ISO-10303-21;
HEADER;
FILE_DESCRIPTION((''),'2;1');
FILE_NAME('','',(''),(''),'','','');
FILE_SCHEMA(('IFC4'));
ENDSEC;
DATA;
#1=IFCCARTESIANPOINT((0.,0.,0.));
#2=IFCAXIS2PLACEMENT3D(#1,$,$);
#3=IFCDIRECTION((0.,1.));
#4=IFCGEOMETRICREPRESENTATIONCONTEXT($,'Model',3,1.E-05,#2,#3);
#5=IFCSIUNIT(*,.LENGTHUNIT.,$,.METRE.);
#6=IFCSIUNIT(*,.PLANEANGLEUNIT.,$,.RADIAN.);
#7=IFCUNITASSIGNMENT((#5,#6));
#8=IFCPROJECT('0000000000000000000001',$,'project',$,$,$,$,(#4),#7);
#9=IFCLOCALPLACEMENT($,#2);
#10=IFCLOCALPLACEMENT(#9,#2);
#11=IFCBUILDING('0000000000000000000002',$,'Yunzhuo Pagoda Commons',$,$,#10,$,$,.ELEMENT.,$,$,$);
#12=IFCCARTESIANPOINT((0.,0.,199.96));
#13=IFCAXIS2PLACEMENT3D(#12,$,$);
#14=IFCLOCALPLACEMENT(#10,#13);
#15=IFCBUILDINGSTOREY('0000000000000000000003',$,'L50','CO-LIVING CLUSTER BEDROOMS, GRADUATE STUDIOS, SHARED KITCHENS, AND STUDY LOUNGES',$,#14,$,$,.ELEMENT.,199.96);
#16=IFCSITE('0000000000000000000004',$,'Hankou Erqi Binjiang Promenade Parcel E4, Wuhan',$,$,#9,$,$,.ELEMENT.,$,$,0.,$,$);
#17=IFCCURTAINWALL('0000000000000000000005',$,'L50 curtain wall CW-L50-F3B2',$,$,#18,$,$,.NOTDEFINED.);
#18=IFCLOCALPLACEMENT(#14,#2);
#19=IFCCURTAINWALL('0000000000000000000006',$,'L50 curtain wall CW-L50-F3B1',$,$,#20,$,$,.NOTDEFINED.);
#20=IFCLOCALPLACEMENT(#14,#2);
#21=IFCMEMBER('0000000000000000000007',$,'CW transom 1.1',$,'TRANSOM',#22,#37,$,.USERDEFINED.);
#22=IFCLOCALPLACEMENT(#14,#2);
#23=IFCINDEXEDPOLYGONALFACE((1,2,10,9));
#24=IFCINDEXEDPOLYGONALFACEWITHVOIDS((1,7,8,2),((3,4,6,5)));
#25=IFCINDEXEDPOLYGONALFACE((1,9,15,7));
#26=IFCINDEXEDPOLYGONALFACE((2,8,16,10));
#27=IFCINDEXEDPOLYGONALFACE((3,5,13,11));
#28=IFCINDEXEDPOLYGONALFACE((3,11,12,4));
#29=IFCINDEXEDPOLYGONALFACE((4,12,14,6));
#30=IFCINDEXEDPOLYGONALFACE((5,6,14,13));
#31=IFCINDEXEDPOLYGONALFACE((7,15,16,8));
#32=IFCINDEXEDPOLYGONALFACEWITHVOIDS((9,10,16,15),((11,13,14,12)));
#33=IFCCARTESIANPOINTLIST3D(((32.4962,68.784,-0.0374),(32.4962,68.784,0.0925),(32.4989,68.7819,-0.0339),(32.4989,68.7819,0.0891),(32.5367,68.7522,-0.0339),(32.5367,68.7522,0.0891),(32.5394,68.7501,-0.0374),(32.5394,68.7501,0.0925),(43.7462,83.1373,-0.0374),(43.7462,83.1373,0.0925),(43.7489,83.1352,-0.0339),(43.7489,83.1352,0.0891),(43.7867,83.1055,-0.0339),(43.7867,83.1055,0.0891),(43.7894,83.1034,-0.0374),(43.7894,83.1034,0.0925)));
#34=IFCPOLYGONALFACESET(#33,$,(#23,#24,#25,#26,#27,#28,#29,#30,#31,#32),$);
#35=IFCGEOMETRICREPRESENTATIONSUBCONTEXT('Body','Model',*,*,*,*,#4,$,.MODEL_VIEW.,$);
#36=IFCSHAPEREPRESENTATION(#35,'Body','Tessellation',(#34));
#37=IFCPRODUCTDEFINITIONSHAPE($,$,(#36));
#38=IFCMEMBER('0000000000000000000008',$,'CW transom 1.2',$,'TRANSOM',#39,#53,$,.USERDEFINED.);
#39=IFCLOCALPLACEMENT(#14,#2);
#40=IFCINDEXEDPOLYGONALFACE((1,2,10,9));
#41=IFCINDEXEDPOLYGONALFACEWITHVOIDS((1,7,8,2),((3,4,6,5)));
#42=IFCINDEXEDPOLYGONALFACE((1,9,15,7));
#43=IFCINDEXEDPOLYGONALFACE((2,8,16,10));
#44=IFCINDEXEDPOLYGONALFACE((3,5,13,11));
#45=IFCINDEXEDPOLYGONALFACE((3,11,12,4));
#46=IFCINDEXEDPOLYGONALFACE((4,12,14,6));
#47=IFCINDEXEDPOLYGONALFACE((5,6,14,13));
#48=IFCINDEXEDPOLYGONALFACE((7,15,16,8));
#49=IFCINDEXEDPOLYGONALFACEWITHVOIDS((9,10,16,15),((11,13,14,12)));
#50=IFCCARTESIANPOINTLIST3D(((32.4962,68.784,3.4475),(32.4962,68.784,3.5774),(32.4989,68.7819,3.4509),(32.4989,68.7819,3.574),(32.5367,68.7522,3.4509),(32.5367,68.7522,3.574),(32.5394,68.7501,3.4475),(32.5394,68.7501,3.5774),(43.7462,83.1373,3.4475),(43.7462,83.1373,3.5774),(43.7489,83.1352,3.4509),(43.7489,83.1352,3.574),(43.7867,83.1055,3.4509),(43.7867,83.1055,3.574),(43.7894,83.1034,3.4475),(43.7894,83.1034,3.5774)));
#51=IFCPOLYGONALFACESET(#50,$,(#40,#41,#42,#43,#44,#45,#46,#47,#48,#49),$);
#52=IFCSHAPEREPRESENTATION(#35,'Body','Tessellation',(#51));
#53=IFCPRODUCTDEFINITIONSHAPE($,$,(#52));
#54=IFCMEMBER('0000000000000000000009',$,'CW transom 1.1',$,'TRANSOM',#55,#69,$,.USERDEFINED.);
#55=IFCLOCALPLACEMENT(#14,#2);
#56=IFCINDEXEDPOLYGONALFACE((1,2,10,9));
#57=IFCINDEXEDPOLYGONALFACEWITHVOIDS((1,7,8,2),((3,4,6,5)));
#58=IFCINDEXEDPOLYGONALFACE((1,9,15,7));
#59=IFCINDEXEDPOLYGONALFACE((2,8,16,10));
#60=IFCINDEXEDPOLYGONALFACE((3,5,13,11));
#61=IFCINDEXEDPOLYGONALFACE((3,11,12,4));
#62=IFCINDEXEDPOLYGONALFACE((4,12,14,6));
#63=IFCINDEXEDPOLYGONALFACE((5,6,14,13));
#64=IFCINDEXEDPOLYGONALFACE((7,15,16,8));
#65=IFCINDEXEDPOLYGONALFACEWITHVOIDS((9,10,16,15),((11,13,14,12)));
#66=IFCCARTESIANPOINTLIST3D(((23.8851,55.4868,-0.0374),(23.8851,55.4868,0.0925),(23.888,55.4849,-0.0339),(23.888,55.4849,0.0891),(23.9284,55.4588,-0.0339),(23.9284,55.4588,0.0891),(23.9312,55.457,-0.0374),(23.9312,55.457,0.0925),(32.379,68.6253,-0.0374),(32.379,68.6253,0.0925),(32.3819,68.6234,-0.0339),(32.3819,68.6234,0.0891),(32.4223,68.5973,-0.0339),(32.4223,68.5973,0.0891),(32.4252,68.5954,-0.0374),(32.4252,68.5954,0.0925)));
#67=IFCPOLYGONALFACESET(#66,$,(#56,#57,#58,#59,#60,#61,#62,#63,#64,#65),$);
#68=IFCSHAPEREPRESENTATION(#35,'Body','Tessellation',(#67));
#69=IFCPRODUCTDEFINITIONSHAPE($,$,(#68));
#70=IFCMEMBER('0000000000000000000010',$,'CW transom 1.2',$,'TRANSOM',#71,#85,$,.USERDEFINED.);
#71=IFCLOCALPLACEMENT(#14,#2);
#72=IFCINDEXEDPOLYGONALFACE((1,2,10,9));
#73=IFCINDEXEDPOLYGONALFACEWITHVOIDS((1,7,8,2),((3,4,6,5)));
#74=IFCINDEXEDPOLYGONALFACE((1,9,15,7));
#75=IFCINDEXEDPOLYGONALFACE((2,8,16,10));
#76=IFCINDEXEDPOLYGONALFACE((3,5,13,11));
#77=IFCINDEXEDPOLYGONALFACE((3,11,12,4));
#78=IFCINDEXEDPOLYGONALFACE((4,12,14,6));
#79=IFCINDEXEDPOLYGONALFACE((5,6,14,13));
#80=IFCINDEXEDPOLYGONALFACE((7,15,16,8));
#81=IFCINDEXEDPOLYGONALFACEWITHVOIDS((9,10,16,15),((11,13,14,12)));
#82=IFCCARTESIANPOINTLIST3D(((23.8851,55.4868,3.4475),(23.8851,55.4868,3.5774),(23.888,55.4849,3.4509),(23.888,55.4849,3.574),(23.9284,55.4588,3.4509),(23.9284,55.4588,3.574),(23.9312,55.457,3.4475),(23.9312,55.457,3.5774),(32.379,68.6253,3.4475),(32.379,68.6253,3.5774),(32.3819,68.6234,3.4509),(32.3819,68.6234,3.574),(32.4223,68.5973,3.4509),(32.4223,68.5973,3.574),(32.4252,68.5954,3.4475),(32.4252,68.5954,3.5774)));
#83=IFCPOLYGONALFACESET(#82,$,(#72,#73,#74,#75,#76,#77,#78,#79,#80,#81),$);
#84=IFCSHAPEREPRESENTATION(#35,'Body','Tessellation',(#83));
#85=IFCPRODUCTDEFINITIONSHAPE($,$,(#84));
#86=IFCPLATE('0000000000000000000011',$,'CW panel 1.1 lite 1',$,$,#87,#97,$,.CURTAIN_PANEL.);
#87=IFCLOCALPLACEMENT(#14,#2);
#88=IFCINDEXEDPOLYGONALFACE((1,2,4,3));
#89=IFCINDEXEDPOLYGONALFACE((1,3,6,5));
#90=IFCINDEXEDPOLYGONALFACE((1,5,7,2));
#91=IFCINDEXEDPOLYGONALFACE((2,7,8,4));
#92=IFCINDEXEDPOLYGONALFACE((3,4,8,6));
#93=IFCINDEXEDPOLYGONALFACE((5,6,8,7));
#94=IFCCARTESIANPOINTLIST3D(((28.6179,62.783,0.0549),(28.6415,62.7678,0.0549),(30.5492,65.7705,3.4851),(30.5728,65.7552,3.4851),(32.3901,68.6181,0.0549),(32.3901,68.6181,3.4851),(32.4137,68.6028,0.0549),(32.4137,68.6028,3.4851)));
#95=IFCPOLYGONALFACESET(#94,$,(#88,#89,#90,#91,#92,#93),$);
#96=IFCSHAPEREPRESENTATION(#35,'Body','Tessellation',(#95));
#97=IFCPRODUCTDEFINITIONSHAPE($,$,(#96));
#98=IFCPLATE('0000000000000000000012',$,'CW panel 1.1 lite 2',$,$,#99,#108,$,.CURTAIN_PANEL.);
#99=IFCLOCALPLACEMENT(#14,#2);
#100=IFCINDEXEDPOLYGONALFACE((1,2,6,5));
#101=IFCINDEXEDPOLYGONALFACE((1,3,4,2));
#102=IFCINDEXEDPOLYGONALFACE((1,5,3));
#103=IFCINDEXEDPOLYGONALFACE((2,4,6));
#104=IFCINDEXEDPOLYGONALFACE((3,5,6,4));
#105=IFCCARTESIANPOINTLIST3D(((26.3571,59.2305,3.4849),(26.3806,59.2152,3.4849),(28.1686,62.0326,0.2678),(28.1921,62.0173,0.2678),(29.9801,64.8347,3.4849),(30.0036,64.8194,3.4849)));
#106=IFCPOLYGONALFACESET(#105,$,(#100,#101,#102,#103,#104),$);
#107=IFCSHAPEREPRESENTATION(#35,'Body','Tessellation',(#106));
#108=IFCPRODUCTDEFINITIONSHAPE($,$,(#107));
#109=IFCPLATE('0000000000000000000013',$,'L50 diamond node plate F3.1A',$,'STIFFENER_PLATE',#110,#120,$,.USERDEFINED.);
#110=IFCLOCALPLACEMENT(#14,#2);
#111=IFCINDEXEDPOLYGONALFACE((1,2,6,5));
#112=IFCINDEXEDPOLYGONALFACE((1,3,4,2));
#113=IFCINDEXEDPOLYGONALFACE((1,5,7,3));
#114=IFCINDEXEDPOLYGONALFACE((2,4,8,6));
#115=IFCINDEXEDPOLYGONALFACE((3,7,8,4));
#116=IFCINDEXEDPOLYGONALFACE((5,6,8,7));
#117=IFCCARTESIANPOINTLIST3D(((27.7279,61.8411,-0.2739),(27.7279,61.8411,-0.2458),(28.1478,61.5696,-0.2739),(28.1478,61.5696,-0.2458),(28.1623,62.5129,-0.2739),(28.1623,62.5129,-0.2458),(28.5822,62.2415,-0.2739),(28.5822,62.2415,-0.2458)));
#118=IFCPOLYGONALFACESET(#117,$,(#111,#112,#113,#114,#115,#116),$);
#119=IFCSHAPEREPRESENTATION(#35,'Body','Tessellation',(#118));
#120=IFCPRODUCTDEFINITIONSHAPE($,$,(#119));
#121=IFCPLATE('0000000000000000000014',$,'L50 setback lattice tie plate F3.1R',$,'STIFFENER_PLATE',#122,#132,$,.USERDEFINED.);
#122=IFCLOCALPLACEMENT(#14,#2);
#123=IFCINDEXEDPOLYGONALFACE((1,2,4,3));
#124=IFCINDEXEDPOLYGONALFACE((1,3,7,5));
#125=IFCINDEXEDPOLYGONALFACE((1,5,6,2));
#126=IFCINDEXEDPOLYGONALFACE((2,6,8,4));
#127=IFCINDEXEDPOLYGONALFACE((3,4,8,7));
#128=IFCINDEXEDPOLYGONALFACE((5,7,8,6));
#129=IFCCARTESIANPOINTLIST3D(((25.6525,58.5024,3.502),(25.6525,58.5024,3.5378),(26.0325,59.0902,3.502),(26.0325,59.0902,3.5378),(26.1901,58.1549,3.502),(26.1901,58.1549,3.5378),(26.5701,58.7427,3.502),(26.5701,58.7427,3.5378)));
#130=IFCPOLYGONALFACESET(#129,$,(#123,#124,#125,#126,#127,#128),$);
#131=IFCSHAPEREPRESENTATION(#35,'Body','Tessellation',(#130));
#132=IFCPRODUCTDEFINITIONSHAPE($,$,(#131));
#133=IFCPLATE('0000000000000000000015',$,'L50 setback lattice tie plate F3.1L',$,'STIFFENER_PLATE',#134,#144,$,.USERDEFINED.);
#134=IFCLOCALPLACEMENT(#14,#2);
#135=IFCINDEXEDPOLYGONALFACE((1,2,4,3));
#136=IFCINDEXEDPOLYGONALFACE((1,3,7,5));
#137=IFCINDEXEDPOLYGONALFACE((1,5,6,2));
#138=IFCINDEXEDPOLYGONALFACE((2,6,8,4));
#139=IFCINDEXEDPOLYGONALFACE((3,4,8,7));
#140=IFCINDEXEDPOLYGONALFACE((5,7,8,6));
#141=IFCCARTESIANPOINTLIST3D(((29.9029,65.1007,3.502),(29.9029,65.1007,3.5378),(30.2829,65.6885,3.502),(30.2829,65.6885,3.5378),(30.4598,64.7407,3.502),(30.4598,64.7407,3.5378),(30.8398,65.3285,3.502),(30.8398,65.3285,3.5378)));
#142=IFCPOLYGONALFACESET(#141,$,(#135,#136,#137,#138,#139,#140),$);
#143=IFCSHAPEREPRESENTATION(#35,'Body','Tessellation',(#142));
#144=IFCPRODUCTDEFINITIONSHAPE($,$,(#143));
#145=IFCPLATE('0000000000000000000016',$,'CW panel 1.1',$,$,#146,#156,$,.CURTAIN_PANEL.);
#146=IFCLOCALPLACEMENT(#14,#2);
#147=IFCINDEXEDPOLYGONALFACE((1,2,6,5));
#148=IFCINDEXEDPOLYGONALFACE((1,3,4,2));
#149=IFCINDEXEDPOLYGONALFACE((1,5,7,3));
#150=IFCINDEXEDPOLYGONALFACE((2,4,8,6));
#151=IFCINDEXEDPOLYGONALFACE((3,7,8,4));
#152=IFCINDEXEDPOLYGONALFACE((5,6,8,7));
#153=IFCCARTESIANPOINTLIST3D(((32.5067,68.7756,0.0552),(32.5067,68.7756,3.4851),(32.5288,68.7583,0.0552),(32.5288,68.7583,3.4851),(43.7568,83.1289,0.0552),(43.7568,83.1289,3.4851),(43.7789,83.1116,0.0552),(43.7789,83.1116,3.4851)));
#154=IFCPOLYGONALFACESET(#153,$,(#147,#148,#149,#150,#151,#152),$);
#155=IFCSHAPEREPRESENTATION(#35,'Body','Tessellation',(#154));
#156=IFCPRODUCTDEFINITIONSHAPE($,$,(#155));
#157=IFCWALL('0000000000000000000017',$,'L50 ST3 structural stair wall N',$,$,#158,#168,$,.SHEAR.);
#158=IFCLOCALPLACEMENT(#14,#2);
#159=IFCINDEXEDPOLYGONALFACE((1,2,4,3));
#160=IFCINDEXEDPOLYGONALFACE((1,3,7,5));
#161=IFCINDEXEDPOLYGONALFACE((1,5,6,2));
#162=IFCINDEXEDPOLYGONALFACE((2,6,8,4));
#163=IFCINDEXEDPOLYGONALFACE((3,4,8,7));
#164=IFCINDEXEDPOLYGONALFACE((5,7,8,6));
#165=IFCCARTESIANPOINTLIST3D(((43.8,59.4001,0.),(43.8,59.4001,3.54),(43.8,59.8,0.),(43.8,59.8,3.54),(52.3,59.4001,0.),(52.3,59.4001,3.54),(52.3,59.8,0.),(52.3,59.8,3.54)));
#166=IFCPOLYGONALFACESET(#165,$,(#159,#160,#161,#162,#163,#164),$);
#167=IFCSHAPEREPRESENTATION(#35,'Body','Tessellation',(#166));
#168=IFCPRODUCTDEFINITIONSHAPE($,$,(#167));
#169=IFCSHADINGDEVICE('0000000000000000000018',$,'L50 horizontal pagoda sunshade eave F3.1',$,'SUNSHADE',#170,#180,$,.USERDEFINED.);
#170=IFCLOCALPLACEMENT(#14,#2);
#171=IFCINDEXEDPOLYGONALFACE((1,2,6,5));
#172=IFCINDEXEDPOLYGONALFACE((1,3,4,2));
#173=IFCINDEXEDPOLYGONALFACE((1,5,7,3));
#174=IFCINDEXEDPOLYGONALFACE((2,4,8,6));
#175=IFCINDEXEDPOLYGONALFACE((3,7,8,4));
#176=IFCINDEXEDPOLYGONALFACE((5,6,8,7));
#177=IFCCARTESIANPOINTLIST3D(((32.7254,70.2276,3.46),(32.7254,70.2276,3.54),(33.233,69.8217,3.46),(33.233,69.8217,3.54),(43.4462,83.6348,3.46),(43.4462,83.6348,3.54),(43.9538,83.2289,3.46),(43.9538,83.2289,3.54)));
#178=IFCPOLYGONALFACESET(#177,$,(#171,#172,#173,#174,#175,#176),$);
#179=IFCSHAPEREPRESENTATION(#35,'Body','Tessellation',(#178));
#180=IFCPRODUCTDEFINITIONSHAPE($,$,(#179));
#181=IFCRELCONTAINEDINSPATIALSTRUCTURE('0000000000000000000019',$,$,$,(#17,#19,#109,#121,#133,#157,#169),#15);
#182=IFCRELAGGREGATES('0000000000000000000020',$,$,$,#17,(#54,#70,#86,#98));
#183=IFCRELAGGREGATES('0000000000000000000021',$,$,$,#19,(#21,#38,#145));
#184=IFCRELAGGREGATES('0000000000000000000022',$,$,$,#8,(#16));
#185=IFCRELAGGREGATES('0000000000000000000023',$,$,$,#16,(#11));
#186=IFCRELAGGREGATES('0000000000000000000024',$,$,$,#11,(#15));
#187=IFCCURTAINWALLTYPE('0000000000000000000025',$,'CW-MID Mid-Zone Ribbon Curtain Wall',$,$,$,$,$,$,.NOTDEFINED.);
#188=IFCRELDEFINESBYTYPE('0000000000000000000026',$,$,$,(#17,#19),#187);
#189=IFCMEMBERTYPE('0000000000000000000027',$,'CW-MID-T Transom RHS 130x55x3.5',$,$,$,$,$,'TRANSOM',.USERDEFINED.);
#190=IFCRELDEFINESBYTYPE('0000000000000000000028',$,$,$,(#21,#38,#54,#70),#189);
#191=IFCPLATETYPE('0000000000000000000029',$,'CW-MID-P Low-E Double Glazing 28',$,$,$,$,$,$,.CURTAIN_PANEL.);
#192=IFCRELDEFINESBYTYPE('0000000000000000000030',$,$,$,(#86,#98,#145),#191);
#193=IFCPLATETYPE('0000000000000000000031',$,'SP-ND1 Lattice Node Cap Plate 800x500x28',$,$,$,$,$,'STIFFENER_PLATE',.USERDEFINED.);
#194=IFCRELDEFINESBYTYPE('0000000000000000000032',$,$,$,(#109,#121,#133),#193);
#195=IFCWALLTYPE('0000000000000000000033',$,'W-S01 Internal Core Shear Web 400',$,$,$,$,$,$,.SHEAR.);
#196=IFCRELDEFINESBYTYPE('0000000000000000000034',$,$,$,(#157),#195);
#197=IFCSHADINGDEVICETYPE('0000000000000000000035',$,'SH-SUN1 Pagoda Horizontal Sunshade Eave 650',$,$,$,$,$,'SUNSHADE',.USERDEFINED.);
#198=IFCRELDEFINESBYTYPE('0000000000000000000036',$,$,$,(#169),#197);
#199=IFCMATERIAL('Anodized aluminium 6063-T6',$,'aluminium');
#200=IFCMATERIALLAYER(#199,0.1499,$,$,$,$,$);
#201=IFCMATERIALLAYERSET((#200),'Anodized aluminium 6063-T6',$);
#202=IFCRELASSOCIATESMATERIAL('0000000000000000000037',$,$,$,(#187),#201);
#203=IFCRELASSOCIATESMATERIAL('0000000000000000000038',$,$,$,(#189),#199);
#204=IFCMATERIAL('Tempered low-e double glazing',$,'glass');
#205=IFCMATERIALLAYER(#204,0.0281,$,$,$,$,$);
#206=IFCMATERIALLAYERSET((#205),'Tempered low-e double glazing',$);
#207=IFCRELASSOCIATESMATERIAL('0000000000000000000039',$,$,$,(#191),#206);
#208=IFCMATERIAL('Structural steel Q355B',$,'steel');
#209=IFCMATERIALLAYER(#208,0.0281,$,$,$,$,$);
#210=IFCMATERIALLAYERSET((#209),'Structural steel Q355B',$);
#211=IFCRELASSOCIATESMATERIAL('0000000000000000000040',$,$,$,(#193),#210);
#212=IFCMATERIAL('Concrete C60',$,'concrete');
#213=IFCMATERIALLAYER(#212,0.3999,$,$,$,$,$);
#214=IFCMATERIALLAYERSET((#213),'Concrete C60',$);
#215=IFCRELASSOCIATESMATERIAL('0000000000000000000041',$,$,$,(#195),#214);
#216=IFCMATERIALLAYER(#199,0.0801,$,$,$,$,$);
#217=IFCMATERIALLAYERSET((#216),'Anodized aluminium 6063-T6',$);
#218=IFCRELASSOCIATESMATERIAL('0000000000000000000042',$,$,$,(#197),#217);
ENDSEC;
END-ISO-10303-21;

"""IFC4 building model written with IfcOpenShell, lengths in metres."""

from ifc_helpers import new_model, si_unit, direction, frame, frame_2d, origin, origin_2d, place, context, subcontext, project, spatial, polyline, rectangle, hollow_rectangle, outline, extrude, source, transform, mapped, material, layer, layer_set, material_profile, profile_set, type_object, element, aggregate, save


model = new_model("IFC4")

# Units and contexts
model_context = context("Model", 3, precision=1e-05, world=origin(), true_north=direction((0.0, 1.0)))
body_context = subcontext(model_context, "Body", "Model", "MODEL_VIEW")
ifc_project = project(units=[si_unit("LENGTHUNIT", "METRE"), si_unit("PLANEANGLEUNIT", "RADIAN")], contexts=[model_context])

# Site, building, storey
site_placement = place(None, origin())
site = spatial("IfcSite", under=ifc_project, at=site_placement, Name="Hankou Erqi Binjiang Promenade Parcel E4, Wuhan", CompositionType="ELEMENT", RefElevation=0.0)
building_placement = place(site_placement, origin())
building = spatial("IfcBuilding", under=site, at=building_placement, Name="Yunzhuo Pagoda Commons", CompositionType="ELEMENT")
storey_placement = place(building_placement, frame((0.0, 0.0, 199.96)))
storey = spatial("IfcBuildingStorey", under=building, at=storey_placement, Name="L50", Description="CO-LIVING CLUSTER BEDROOMS, GRADUATE STUDIOS, SHARED KITCHENS, AND STUDY LOUNGES", CompositionType="ELEMENT", Elevation=199.96)

# Shared definitions
ifc_material_1 = material(Name="Structural steel Q355B", Category="steel")

# Curtain wall
ifc_material_2 = material(Name="Anodized aluminium 6063-T6", Category="aluminium")
ifc_layer_1 = layer(ifc_material_2, 0.1499)
ifc_layer_set_1 = layer_set([ifc_layer_1], Name="Anodized aluminium 6063-T6")
curtain_wall_type = type_object("IfcCurtainWallType", Name="CW-MID Mid-Zone Ribbon Curtain Wall", PredefinedType="NOTDEFINED", material=ifc_layer_set_1)
curtain_wall_1_placement = place(storey_placement, origin())
curtain_wall_1 = element("IfcCurtainWall", 1, at=curtain_wall_1_placement, inside=storey, type_object=curtain_wall_type, Name="L50 curtain wall CW-L50-F3B2", PredefinedType="NOTDEFINED")

# Curtain wall, members
curtain_wall_2_placement = place(storey_placement, origin())
curtain_wall_2 = element("IfcCurtainWall", 2, at=curtain_wall_2_placement, inside=storey, type_object=curtain_wall_type, Name="L50 curtain wall CW-L50-F3B1", PredefinedType="NOTDEFINED")
ifc_material_profile_1 = material_profile(ifc_material_2, hollow_rectangle(XDim=0.0549, YDim=0.1299, WallThickness=0.0034, at=origin_2d()), Name="Anodized aluminium 6063-T6")
ifc_profile_set_1 = profile_set([ifc_material_profile_1], Name="Anodized aluminium 6063-T6")
member_type_1 = type_object("IfcMemberType", Name="CW-MID-T Transom RHS 130x55x3.5", ElementType="TRANSOM", PredefinedType="USERDEFINED", material=ifc_profile_set_1)
shared_shape_1 = source(origin(), body_context, "Body", "SweptSolid", [
    extrude(hollow_rectangle(XDim=0.0549, YDim=0.1299, WallThickness=0.0034, at=origin_2d()), origin(), (0.0, 0.0, 1.0), 18.2368),
])
member_1_placement = place(storey_placement, frame((43.7678, 83.1204, 0.0276), z_axis=(-0.616886, -0.787052, 0.0), x_axis=(0.787052, -0.616886, 0.0)))
member_1 = element("IfcMember", 3, at=member_1_placement, type_object=member_type_1, Name="CW transom 1.1", ObjectType="TRANSOM", PredefinedType="USERDEFINED", context=body_context, shape_type="MappedRepresentation", body=[
    mapped(shared_shape_1, transform((0.0, 0.0, 0.0), scale=1.0)),
])
member_2_placement = place(storey_placement, frame((43.7678, 83.1204, 3.5125), z_axis=(-0.616886, -0.787052, 0.0), x_axis=(0.787052, -0.616886, 0.0)))
member_2 = element("IfcMember", 4, at=member_2_placement, type_object=member_type_1, Name="CW transom 1.2", ObjectType="TRANSOM", PredefinedType="USERDEFINED", context=body_context, shape_type="MappedRepresentation", body=[
    mapped(shared_shape_1, transform((0.0, 0.0, 0.0), scale=1.0)),
])

# Members
shared_shape_2 = source(origin(), body_context, "Body", "SweptSolid", [
    extrude(hollow_rectangle(XDim=0.0549, YDim=0.1299, WallThickness=0.0034, at=origin_2d()), origin(), (0.0, 0.0, 1.0), 15.645),
])
member_3_placement = place(storey_placement, frame((32.4021, 68.6104, 0.0276), z_axis=(-0.542916, -0.839787, 0.0), x_axis=(0.839787, -0.542916, 0.0)))
member_3 = element("IfcMember", 5, at=member_3_placement, type_object=member_type_1, Name="CW transom 1.1", ObjectType="TRANSOM", PredefinedType="USERDEFINED", context=body_context, shape_type="MappedRepresentation", body=[
    mapped(shared_shape_2, transform((0.0, 0.0, 0.0), scale=1.0)),
])
member_4_placement = place(storey_placement, frame((32.4021, 68.6104, 3.5125), z_axis=(-0.542916, -0.839787, 0.0), x_axis=(0.839787, -0.542916, 0.0)))
member_4 = element("IfcMember", 6, at=member_4_placement, type_object=member_type_1, Name="CW transom 1.2", ObjectType="TRANSOM", PredefinedType="USERDEFINED", context=body_context, shape_type="MappedRepresentation", body=[
    mapped(shared_shape_2, transform((0.0, 0.0, 0.0), scale=1.0)),
])

# Plates
ifc_material_3 = material(Name="Tempered low-e double glazing", Category="glass")
ifc_layer_2 = layer(ifc_material_3, 0.0281)
ifc_layer_set_2 = layer_set([ifc_layer_2], Name="Tempered low-e double glazing")
plate_type_1 = type_object("IfcPlateType", Name="CW-MID-P Low-E Double Glazing 28", PredefinedType="CURTAIN_PANEL", material=ifc_layer_set_2)
plate_1_placement = place(storey_placement, frame((30.5276, 65.6853, 1.77), z_axis=(-0.839794, 0.542905, 0.0), x_axis=(-0.542905, -0.839794, 0.0)))
plate_1 = element("IfcPlate", 7, at=plate_1_placement, type_object=plate_type_1, Name="CW panel 1.1 lite 1", PredefinedType="CURTAIN_PANEL", context=body_context, shape_type="SweptSolid", body=[
    extrude(outline(polyline([(-3.4741, -1.7151), (3.4741, -1.7151), (-0.0833, 1.7151), (-3.4741, 1.7151), (-3.4741, -1.7151)])), origin(), (0.0, 0.0, 1.0), 0.0281),
])
plate_2_placement = place(storey_placement, frame((28.1921, 62.0173, 1.8765), z_axis=(-0.839794, 0.542905, 0.0), x_axis=(-0.542905, -0.839794, 0.0)))
plate_2 = element("IfcPlate", 8, at=plate_2_placement, type_object=plate_type_1, Name="CW panel 1.1 lite 2", PredefinedType="CURTAIN_PANEL", context=body_context, shape_type="SweptSolid", body=[
    extrude(outline(polyline([(-3.3367, 1.6084), (0.0, -1.6086), (3.3367, 1.6084), (-3.3367, 1.6084)])), origin(), (0.0, 0.0, 1.0), 0.0281),
])
aggregate(curtain_wall_1, [member_3, member_4, plate_1, plate_2])

# Plates
ifc_layer_3 = layer(ifc_material_1, 0.0281)
ifc_layer_set_3 = layer_set([ifc_layer_3], Name="Structural steel Q355B")
plate_type_2 = type_object("IfcPlateType", Name="SP-ND1 Lattice Node Cap Plate 800x500x28", ElementType="STIFFENER_PLATE", PredefinedType="USERDEFINED", material=ifc_layer_set_3)
shared_shape_3 = source(origin(), body_context, "Body", "SweptSolid", [
    extrude(rectangle(XDim=0.8, YDim=0.5, at=origin_2d()), origin(), (0.0, 0.0, 1.0), 0.0281),
])
plate_3_placement = place(storey_placement, frame((28.155, 62.0413, -0.2739), z_axis=(0.0, 0.0, 1.0), x_axis=(-0.542911, -0.83979, 0.0)))
element("IfcPlate", 9, at=plate_3_placement, inside=storey, type_object=plate_type_2, Name="L50 diamond node plate F3.1A", ObjectType="STIFFENER_PLATE", PredefinedType="USERDEFINED", context=body_context, shape_type="MappedRepresentation", body=[
    mapped(shared_shape_3, transform((0.0, 0.0, 0.0), scale=1.0)),
])
shared_shape_4 = source(origin(), body_context, "Body", "SweptSolid", [
    extrude(rectangle(XDim=0.7, YDim=0.6401, at=origin_2d()), origin(), (0.0, 0.0, 1.0), 0.0359),
])
plate_4_placement = place(storey_placement, frame((26.1113, 58.6226, 3.502), z_axis=(0.0, 0.0, 1.0), x_axis=(-0.542911, -0.83979, 0.0)))
element("IfcPlate", 10, at=plate_4_placement, inside=storey, type_object=plate_type_2, Name="L50 setback lattice tie plate F3.1R", ObjectType="STIFFENER_PLATE", PredefinedType="USERDEFINED", context=body_context, shape_type="MappedRepresentation", body=[
    mapped(shared_shape_4, transform((0.0, 0.0, 0.0), scale=1.0)),
])
shared_shape_5 = source(origin(), body_context, "Body", "SweptSolid", [
    extrude(rectangle(XDim=0.7, YDim=0.6631, at=origin_2d()), origin(), (0.0, 0.0, 1.0), 0.0359),
])
plate_5_placement = place(storey_placement, frame((30.3713, 65.2146, 3.502), z_axis=(0.0, 0.0, 1.0), x_axis=(-0.542911, -0.83979, 0.0)))
element("IfcPlate", 11, at=plate_5_placement, inside=storey, type_object=plate_type_2, Name="L50 setback lattice tie plate F3.1L", ObjectType="STIFFENER_PLATE", PredefinedType="USERDEFINED", context=body_context, shape_type="MappedRepresentation", body=[
    mapped(shared_shape_5, transform((0.0, 0.0, 0.0), scale=1.0)),
])

# Plate
shared_shape_6 = source(origin(), body_context, "Body", "SweptSolid", [
    extrude(rectangle(XDim=18.2368, YDim=0.0281, at=origin_2d()), origin(), (0.0, 0.0, 1.0), 3.4299),
])
plate_6_placement = place(storey_placement, frame((38.1428, 75.9436, 0.0552), z_axis=(0.0, 0.0, 1.0), x_axis=(-0.616889, -0.78705, 0.0)))
plate_6 = element("IfcPlate", 12, at=plate_6_placement, type_object=plate_type_1, Name="CW panel 1.1", PredefinedType="CURTAIN_PANEL", context=body_context, shape_type="MappedRepresentation", body=[
    mapped(shared_shape_6, transform((0.0, 0.0, 0.0), scale=1.0)),
])
aggregate(curtain_wall_2, [member_1, member_2, plate_6])

# Wall
ifc_material_4 = material(Name="Concrete C60", Category="concrete")
ifc_layer_4 = layer(ifc_material_4, 0.3999)
ifc_layer_set_4 = layer_set([ifc_layer_4], Name="Concrete C60")
wall_type = type_object("IfcWallType", Name="W-S01 Internal Core Shear Web 400", PredefinedType="SHEAR", material=ifc_layer_set_4)
wall_placement = place(storey_placement, frame((43.8, 59.6001, 0.0), z_axis=(0.0, 0.0, 1.0), x_axis=(1.0, 0.0, 0.0)))
element("IfcWall", 13, at=wall_placement, inside=storey, type_object=wall_type, Name="L50 ST3 structural stair wall N", PredefinedType="SHEAR", context=body_context, shape_type="SweptSolid", body=[
    extrude(rectangle(XDim=8.5, YDim=0.3999, at=frame_2d((4.25, 0.0))), origin(), (0.0, 0.0, 1.0), 3.54),
])

# Shading device
ifc_layer_5 = layer(ifc_material_2, 0.0801)
ifc_layer_set_5 = layer_set([ifc_layer_5], Name="Anodized aluminium 6063-T6")
shading_device_type = type_object("IfcShadingDeviceType", Name="SH-SUN1 Pagoda Horizontal Sunshade Eave 650", ElementType="SUNSHADE", PredefinedType="USERDEFINED", material=ifc_layer_set_5)
shared_shape_7 = source(origin(), body_context, "Body", "SweptSolid", [
    extrude(rectangle(XDim=17.1665, YDim=0.6499, at=origin_2d()), origin(), (0.0, 0.0, 1.0), 0.0801),
])
shading_device_1_placement = place(storey_placement, frame((38.3396, 76.7283, 3.46), z_axis=(0.0, 0.0, 1.0), x_axis=(-0.62452, -0.781008, 0.0)))
element("IfcShadingDevice", 14, at=shading_device_1_placement, inside=storey, type_object=shading_device_type, Name="L50 horizontal pagoda sunshade eave F3.1", ObjectType="SUNSHADE", PredefinedType="USERDEFINED", context=body_context, shape_type="MappedRepresentation", body=[
    mapped(shared_shape_7, transform((0.0, 0.0, 0.0), scale=1.0)),
])

save(model, "model.ifc")
